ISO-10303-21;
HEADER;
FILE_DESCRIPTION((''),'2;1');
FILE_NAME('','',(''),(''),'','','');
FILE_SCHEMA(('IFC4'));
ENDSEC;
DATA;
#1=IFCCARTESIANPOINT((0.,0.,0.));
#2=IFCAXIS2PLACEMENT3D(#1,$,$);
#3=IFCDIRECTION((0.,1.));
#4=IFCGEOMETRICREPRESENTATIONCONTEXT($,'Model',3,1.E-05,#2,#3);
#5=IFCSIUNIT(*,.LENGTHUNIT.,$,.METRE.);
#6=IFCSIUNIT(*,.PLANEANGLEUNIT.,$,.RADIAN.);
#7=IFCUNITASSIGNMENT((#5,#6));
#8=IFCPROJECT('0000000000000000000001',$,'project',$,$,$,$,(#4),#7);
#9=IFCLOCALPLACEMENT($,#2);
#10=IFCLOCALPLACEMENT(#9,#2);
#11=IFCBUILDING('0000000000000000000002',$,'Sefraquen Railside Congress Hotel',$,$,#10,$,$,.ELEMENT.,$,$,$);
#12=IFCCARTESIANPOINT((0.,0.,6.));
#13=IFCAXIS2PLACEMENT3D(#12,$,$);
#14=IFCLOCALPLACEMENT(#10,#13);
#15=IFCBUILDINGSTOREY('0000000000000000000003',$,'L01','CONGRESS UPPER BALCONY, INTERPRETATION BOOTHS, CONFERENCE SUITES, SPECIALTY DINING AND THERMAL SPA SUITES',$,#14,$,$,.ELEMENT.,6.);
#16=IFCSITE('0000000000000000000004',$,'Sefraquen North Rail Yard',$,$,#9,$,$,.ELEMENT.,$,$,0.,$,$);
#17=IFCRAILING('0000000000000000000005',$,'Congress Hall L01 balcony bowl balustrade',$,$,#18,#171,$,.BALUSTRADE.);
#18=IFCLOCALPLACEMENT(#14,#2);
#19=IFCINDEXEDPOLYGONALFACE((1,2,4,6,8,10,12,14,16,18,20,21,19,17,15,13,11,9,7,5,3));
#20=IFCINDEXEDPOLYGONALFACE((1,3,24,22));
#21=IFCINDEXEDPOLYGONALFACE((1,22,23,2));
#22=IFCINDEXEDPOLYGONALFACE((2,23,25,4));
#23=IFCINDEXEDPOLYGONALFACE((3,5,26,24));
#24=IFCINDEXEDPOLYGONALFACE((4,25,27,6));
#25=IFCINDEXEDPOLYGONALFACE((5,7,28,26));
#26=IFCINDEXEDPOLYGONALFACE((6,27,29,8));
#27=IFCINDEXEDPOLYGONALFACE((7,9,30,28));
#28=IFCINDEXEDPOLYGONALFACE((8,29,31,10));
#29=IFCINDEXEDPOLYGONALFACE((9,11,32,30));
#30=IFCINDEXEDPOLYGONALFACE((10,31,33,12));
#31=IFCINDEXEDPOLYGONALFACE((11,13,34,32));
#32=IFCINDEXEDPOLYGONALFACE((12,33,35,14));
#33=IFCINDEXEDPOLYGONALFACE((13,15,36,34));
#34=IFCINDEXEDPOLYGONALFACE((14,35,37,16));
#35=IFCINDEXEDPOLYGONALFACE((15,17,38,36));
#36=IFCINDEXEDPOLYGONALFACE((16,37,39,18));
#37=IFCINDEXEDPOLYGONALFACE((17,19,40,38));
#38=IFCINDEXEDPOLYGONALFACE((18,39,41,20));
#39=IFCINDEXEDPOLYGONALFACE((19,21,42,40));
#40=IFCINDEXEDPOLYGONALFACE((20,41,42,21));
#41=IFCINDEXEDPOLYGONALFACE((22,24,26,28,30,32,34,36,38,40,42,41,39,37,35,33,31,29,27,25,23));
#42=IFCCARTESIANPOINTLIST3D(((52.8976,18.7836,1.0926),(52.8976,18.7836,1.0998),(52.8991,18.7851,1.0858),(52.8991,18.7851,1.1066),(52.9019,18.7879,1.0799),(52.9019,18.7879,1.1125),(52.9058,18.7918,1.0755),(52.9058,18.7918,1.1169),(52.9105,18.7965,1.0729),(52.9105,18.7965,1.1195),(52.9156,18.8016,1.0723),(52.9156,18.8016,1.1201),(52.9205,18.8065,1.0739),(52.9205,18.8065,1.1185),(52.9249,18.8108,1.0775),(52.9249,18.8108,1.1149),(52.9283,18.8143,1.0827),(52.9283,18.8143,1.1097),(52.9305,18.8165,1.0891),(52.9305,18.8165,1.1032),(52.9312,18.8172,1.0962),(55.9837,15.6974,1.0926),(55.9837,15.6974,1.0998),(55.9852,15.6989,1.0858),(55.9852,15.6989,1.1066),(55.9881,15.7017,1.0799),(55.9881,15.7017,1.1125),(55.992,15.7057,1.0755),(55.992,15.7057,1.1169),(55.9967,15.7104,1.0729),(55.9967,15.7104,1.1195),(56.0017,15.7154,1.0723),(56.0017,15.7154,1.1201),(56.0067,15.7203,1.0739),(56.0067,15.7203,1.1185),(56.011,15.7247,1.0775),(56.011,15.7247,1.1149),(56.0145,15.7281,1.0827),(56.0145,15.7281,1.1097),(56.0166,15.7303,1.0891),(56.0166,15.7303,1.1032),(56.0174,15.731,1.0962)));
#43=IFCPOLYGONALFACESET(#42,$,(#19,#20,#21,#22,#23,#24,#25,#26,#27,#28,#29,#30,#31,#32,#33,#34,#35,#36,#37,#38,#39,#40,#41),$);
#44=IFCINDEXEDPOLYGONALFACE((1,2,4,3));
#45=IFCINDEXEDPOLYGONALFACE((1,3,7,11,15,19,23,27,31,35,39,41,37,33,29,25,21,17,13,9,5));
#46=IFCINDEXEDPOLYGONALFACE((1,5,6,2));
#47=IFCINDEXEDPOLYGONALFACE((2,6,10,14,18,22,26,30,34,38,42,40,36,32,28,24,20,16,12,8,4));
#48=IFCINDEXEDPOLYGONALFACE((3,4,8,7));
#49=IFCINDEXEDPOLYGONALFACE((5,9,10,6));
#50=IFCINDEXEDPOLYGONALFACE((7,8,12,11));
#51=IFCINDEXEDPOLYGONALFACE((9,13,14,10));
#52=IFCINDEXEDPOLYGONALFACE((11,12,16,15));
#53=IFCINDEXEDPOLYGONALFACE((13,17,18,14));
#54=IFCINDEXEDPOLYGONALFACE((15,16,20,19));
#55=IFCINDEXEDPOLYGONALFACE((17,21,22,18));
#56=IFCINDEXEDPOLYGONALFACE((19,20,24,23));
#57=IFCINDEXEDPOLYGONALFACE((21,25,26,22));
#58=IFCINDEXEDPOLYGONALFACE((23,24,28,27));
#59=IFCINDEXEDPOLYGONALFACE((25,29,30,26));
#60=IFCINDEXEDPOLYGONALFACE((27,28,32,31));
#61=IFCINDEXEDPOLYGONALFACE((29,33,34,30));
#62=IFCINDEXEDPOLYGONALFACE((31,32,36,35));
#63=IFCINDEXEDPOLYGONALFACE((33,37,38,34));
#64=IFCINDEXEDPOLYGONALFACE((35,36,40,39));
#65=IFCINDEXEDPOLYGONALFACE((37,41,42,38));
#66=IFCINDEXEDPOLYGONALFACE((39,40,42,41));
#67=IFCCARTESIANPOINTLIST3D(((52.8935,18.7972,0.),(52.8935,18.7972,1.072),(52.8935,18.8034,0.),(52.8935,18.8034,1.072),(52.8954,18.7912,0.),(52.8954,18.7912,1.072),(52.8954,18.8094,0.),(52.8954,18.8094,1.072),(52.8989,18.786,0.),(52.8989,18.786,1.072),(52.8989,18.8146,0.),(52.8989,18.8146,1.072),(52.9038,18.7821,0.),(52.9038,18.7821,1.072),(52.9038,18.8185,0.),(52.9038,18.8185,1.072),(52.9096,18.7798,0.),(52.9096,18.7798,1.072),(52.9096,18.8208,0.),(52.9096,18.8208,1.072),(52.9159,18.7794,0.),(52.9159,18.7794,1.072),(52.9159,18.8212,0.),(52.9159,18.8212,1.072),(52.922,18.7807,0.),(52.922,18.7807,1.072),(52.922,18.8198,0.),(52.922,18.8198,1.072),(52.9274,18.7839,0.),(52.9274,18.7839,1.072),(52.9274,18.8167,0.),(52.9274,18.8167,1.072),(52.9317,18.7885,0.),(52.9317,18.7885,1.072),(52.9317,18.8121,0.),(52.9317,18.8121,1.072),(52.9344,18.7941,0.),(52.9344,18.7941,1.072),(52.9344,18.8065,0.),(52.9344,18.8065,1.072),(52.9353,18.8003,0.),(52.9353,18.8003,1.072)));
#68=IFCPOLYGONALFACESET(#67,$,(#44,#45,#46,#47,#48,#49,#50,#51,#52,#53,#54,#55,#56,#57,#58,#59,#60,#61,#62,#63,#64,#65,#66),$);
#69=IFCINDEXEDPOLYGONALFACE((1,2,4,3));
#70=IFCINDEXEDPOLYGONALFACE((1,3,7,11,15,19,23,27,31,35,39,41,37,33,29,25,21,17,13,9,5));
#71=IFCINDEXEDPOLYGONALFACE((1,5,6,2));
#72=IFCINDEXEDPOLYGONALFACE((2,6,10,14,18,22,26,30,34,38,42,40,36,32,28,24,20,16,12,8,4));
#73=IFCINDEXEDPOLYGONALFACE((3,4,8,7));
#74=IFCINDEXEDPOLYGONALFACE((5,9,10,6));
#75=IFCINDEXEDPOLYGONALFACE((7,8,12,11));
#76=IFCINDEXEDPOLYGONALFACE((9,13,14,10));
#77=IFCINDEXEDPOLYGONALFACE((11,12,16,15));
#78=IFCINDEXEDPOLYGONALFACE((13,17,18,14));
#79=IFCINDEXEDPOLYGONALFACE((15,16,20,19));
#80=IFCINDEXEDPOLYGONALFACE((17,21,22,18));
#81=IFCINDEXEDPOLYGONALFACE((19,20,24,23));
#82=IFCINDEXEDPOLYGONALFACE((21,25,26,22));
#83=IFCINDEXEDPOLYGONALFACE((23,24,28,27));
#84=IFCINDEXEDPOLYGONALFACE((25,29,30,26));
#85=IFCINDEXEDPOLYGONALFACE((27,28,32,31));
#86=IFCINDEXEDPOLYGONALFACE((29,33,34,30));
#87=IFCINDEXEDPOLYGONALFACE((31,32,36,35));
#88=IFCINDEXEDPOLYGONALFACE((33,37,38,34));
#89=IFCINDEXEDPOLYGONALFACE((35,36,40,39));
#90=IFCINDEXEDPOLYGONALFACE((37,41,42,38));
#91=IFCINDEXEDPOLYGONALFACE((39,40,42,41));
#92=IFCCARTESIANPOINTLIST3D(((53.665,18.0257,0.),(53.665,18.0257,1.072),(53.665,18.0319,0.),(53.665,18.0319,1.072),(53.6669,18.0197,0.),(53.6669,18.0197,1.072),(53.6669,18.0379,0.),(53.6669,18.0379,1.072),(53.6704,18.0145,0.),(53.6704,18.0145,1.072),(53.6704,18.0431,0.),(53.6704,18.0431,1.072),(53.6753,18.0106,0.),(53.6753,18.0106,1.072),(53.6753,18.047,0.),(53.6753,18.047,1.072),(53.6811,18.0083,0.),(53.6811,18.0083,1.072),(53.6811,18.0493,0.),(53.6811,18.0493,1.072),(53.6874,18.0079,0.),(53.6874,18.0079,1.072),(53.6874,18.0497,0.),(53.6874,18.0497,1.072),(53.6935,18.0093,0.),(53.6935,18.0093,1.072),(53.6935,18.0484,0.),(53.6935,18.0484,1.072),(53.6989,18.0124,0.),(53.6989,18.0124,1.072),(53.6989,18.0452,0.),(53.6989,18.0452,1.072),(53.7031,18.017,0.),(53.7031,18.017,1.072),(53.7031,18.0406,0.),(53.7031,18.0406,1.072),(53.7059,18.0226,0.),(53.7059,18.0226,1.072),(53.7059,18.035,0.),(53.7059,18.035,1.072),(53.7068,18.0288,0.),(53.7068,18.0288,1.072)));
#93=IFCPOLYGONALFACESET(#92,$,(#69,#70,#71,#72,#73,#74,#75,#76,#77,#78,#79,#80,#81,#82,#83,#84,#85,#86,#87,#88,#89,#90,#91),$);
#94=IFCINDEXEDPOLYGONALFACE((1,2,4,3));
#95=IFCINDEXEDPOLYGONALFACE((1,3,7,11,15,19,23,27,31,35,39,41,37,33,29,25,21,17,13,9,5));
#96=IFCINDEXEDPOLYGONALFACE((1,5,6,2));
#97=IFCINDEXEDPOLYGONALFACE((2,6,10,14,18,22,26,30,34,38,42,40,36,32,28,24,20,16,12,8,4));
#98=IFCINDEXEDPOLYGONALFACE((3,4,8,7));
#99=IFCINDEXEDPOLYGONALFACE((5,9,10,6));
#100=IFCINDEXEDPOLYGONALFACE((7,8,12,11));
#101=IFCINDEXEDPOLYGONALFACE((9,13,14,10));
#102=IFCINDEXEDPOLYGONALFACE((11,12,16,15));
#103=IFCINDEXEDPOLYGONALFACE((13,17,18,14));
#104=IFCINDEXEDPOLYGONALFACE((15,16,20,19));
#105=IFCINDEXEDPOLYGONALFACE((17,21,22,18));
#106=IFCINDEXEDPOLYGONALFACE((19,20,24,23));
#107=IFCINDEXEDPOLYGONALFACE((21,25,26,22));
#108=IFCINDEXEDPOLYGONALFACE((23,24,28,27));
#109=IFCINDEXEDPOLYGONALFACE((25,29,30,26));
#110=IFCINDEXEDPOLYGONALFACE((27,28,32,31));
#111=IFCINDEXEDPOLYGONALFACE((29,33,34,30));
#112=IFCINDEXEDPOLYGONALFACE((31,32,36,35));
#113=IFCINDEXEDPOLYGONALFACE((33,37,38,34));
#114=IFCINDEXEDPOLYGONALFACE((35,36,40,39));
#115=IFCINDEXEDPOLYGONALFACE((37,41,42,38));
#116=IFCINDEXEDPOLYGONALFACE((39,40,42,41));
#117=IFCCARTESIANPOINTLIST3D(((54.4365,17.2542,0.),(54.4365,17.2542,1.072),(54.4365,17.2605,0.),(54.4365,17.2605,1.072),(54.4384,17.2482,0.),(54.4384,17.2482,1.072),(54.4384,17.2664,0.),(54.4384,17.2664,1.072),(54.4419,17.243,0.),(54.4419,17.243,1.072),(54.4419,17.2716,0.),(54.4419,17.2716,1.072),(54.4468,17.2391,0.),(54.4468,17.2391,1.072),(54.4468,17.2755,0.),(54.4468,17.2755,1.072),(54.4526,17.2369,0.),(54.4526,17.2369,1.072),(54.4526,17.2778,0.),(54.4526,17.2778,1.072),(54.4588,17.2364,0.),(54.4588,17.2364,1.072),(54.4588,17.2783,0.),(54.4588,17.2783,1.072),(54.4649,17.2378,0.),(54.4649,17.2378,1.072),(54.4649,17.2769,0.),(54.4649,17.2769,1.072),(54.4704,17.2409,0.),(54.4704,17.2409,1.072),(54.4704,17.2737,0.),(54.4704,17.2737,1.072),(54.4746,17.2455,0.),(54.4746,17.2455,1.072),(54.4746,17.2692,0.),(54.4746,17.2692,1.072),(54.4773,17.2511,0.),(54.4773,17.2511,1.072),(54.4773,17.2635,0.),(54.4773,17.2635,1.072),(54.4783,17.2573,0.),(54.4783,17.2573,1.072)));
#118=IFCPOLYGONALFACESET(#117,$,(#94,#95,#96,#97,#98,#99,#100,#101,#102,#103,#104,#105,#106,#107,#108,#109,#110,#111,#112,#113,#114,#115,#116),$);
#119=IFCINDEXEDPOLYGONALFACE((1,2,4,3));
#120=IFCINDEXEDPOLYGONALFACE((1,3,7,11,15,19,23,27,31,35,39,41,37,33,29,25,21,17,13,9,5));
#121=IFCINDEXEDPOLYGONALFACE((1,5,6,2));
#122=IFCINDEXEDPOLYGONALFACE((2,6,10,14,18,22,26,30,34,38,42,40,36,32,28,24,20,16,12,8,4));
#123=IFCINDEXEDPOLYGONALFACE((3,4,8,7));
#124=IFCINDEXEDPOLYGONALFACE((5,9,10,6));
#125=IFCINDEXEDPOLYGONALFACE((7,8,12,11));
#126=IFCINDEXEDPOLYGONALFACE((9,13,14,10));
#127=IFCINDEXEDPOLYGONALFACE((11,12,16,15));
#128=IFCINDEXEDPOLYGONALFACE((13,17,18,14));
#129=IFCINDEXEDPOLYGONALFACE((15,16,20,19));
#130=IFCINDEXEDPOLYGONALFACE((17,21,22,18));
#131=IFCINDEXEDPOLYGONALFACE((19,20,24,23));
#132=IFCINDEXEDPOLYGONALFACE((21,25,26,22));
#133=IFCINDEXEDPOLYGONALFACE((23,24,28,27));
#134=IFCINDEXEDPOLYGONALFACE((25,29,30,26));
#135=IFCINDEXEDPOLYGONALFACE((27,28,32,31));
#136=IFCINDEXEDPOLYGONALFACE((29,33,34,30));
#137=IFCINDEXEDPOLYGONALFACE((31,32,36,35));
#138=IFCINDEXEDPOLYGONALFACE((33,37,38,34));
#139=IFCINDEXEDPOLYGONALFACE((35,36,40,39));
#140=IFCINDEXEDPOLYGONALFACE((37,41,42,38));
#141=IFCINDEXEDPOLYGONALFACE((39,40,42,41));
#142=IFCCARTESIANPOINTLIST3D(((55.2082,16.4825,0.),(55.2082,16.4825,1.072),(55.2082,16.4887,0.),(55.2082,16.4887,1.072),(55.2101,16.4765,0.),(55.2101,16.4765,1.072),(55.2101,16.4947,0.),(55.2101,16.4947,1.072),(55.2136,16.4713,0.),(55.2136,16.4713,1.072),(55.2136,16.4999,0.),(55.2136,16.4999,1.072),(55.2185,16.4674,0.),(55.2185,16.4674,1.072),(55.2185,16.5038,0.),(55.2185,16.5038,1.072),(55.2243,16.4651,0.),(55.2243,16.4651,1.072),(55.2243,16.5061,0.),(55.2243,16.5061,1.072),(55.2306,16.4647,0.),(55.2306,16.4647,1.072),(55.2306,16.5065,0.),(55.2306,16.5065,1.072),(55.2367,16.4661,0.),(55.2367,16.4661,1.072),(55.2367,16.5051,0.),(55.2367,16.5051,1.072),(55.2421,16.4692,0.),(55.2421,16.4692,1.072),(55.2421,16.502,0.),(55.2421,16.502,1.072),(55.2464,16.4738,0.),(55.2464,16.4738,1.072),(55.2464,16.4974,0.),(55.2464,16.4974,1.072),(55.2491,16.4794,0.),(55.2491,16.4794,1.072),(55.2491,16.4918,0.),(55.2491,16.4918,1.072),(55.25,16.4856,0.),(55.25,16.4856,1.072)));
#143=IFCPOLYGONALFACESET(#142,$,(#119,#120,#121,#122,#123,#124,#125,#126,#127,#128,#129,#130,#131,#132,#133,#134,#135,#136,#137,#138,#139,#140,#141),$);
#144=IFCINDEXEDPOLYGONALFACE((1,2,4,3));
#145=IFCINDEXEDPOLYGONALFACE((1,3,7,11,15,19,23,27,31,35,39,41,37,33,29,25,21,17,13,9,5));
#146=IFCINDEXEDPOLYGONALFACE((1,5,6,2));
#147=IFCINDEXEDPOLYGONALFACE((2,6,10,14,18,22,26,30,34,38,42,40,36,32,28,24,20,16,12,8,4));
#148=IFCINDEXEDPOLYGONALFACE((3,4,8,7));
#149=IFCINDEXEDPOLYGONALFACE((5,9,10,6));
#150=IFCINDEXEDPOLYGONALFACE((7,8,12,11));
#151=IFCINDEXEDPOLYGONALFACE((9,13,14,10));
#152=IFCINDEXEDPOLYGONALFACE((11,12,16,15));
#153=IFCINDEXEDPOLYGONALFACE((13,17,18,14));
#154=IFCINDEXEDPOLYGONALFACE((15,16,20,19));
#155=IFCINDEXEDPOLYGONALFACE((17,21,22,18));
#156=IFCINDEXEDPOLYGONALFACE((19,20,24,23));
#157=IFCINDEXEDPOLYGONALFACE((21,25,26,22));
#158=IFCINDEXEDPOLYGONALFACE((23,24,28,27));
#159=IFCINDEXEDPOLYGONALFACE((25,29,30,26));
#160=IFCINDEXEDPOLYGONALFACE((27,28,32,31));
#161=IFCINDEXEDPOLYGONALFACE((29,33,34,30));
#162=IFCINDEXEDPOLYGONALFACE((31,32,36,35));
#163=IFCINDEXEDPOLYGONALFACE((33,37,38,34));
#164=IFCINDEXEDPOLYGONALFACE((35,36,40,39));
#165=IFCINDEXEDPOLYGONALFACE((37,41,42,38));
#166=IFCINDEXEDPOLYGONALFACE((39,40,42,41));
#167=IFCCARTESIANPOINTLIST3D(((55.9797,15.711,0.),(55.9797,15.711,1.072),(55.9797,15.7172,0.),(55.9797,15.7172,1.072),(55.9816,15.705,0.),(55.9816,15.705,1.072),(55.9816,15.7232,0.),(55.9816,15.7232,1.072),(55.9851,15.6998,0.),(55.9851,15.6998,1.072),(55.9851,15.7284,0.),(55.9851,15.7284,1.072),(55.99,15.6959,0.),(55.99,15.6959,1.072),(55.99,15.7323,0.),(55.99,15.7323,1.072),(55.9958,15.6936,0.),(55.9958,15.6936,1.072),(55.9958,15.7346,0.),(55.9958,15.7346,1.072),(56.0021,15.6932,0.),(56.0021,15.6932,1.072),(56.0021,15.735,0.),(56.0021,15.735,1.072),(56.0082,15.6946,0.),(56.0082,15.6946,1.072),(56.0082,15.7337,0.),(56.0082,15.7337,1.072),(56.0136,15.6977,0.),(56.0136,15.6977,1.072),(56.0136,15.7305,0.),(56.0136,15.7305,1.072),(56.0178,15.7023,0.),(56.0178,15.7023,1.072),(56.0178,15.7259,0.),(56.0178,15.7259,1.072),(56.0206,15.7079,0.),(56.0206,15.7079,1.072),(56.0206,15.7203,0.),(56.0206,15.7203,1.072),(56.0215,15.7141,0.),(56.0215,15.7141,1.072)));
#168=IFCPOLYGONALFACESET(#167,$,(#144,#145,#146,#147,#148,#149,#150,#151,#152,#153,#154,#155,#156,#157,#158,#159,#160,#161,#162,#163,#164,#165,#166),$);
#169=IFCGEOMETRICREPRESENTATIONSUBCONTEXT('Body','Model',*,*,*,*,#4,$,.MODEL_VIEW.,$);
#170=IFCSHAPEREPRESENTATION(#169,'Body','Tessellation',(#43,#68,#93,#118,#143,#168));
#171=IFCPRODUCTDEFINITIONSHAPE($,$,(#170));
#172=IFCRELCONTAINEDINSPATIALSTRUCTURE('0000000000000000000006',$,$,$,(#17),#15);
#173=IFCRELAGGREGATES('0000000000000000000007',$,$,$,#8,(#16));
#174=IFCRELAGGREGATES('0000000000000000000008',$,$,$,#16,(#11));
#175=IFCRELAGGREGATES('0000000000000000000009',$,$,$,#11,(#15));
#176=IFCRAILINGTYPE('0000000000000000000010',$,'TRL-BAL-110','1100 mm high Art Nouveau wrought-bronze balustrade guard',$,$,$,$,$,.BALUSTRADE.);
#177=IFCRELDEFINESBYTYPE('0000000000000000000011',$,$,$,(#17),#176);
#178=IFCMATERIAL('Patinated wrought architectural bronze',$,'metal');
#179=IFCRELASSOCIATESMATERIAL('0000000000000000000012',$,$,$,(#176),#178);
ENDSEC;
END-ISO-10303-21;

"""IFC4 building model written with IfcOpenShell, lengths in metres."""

from ifc_helpers import new_model, si_unit, direction, frame, origin, origin_2d, place, context, subcontext, project, spatial, circle, extrude, material, type_object, element, save


model = new_model("IFC4")

# Units and contexts
model_context = context("Model", 3, precision=1e-05, world=origin(), true_north=direction((0.0, 1.0)))
body_context = subcontext(model_context, "Body", "Model", "MODEL_VIEW")
ifc_project = project(units=[si_unit("LENGTHUNIT", "METRE"), si_unit("PLANEANGLEUNIT", "RADIAN")], contexts=[model_context])

# Site, building, storey
site_placement = place(None, origin())
site = spatial("IfcSite", under=ifc_project, at=site_placement, Name="Sefraquen North Rail Yard", CompositionType="ELEMENT", RefElevation=0.0)
building_placement = place(site_placement, origin())
building = spatial("IfcBuilding", under=site, at=building_placement, Name="Sefraquen Railside Congress Hotel", CompositionType="ELEMENT")
storey_placement = place(building_placement, frame((0.0, 0.0, 6.0)))
storey = spatial("IfcBuildingStorey", under=building, at=storey_placement, Name="L01", Description="CONGRESS UPPER BALCONY, INTERPRETATION BOOTHS, CONFERENCE SUITES, SPECIALTY DINING AND THERMAL SPA SUITES", CompositionType="ELEMENT", Elevation=6.0)

# Railing
ifc_material_1 = material(Name="Patinated wrought architectural bronze", Category="metal")
railing_type = type_object("IfcRailingType", Name="TRL-BAL-110", Description="1100 mm high Art Nouveau wrought-bronze balustrade guard", PredefinedType="BALUSTRADE", material=ifc_material_1)
railing_1_placement = place(storey_placement, frame((52.9143, 18.8003, 0.0)))
element("IfcRailing", 1, at=railing_1_placement, inside=storey, type_object=railing_type, Name="Congress Hall L01 balcony bowl balustrade", PredefinedType="BALUSTRADE", context=body_context, shape_type="SweptSolid", body=[
    extrude(circle(Radius=0.0239, at=origin_2d()), frame((0.0, 0.0, 1.0962), z_axis=(0.707107, -0.707107, 0.0), x_axis=(0.707107, 0.707107, 0.0)), (0.0, 0.0, 1.0), 4.3645),
    extrude(circle(Radius=0.021, at=origin_2d()), origin(), (0.0, 0.0, 1.0), 1.072),
    extrude(circle(Radius=0.021, at=origin_2d()), frame((0.7715, -0.7715, 0.0)), (0.0, 0.0, 1.0), 1.072),
    extrude(circle(Radius=0.021, at=origin_2d()), frame((1.543, -1.543, 0.0)), (0.0, 0.0, 1.0), 1.072),
    extrude(circle(Radius=0.021, at=origin_2d()), frame((2.3147, -2.3147, 0.0)), (0.0, 0.0, 1.0), 1.072),
    extrude(circle(Radius=0.021, at=origin_2d()), frame((3.0862, -3.0862, 0.0)), (0.0, 0.0, 1.0), 1.072),
])

save(model, "model.ifc")
